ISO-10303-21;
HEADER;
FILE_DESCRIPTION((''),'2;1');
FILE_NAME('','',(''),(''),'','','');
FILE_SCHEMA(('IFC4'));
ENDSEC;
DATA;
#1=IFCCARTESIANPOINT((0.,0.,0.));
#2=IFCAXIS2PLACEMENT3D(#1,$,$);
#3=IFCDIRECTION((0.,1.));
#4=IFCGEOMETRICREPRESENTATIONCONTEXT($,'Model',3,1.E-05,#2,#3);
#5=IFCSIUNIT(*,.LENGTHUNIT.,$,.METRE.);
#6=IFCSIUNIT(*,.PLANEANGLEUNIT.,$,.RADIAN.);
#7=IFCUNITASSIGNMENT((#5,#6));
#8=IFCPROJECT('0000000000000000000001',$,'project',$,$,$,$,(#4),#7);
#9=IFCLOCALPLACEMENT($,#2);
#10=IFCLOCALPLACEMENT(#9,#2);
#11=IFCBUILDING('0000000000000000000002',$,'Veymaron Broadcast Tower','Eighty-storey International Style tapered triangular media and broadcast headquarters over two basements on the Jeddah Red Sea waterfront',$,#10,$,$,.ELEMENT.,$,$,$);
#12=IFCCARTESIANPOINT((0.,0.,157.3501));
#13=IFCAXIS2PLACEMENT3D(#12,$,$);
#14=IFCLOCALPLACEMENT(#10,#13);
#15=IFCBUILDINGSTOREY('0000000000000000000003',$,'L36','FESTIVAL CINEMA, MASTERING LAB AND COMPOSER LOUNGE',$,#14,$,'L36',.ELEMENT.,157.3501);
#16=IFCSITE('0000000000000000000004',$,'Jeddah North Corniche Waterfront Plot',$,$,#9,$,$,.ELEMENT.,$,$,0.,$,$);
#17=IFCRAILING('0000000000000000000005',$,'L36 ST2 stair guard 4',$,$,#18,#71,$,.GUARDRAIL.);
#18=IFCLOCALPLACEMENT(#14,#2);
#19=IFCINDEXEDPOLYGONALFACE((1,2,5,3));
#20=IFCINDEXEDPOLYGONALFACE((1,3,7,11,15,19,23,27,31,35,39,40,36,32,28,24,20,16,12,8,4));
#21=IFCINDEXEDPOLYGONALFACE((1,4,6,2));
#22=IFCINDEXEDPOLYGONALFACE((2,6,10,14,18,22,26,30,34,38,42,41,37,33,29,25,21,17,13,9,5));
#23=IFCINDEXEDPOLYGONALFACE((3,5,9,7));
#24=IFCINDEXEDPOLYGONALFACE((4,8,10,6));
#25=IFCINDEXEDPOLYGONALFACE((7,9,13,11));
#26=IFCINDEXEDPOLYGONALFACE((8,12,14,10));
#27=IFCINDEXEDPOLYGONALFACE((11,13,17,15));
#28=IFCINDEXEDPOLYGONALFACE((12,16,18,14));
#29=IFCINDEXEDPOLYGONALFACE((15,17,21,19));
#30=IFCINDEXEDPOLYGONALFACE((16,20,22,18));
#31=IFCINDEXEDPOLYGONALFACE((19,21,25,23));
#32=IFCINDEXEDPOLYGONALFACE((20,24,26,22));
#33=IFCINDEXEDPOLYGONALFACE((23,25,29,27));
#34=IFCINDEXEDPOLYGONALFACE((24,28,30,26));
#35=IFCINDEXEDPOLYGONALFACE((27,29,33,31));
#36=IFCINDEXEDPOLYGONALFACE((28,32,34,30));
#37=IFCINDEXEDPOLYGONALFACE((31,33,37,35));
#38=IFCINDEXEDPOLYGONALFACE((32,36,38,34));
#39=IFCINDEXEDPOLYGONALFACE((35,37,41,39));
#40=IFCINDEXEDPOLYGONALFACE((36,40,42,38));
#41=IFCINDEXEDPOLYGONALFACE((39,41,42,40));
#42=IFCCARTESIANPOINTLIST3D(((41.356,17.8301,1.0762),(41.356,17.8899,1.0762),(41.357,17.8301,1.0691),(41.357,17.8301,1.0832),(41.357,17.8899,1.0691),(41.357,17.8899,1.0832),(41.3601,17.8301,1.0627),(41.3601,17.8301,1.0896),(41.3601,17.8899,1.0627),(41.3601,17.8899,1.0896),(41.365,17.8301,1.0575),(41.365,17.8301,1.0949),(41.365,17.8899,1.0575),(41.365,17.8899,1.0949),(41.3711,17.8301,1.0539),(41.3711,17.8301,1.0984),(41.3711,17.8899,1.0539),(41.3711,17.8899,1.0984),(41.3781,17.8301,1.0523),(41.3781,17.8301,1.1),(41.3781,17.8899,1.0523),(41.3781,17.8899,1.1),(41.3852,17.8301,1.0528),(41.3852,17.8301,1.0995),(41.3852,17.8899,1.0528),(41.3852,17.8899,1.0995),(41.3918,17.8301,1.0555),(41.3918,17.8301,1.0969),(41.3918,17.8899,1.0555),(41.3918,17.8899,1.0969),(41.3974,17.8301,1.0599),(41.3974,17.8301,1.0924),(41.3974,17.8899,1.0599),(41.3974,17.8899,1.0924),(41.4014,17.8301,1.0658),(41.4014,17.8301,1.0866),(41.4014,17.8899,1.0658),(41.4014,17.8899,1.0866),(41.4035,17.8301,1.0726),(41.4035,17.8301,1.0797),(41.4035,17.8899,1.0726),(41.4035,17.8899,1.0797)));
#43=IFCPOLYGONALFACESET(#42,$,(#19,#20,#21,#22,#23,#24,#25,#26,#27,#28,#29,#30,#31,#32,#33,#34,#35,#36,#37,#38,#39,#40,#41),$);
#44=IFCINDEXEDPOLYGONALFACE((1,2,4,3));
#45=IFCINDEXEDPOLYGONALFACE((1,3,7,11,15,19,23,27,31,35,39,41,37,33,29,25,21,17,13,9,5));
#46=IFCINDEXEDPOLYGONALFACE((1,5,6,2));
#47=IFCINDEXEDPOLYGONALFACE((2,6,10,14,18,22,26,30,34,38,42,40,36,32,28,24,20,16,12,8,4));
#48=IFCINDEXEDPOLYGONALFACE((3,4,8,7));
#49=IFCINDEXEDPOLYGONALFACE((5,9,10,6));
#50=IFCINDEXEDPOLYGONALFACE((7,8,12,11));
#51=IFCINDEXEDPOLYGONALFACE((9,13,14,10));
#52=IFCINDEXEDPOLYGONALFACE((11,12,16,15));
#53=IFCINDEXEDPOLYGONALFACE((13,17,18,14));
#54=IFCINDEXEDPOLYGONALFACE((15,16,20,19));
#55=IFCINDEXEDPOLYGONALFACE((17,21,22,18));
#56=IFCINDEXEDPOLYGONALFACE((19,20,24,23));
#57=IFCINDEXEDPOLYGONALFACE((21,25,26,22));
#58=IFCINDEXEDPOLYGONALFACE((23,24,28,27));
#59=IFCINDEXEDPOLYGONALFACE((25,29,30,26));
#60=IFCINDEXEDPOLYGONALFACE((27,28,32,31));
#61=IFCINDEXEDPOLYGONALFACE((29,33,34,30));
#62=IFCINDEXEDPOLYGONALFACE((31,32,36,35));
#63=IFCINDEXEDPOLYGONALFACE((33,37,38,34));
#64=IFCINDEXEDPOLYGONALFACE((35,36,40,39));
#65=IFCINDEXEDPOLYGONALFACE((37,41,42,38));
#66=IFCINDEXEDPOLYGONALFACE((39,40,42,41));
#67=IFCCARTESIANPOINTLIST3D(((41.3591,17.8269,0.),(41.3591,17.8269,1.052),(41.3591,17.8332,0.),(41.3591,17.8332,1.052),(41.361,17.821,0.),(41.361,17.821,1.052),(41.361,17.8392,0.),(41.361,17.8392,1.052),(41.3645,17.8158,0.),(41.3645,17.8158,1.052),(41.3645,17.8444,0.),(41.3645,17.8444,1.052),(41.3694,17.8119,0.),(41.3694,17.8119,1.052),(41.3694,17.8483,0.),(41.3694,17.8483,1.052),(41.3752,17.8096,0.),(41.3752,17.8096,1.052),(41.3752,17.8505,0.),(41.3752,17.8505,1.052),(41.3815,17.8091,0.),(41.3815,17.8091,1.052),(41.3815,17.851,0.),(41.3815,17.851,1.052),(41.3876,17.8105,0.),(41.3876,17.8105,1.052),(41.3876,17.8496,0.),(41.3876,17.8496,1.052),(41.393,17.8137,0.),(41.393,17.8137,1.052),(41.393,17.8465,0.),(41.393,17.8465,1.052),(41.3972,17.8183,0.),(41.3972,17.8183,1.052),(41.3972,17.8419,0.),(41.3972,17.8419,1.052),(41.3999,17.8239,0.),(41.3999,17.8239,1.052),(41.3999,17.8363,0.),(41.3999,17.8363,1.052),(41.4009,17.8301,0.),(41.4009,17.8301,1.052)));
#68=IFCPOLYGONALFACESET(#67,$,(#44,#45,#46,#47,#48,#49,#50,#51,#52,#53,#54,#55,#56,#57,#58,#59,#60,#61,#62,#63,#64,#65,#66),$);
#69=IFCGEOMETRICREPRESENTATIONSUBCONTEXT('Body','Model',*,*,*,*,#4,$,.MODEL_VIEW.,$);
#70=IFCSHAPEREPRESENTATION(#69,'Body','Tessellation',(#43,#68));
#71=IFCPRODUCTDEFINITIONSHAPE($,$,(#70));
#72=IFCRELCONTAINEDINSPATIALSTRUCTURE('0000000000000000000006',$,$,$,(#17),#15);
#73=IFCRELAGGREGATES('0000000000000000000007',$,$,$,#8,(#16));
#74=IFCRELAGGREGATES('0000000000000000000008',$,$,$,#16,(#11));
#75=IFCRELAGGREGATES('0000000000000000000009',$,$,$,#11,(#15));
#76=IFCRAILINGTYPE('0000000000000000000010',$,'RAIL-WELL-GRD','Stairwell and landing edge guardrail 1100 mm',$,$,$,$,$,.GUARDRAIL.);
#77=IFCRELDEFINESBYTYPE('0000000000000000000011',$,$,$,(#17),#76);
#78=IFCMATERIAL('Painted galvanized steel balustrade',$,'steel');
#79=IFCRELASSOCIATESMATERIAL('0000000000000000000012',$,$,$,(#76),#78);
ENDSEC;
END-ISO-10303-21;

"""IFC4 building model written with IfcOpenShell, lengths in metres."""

from ifc_helpers import new_model, si_unit, direction, frame, origin, origin_2d, place, context, subcontext, project, spatial, circle, extrude, material, type_object, element, save


model = new_model("IFC4")

# Units and contexts
model_context = context("Model", 3, precision=1e-05, world=origin(), true_north=direction((0.0, 1.0)))
body_context = subcontext(model_context, "Body", "Model", "MODEL_VIEW")
ifc_project = project(units=[si_unit("LENGTHUNIT", "METRE"), si_unit("PLANEANGLEUNIT", "RADIAN")], contexts=[model_context])

# Site, building, storey
site_placement = place(None, origin())
site = spatial("IfcSite", under=ifc_project, at=site_placement, Name="Jeddah North Corniche Waterfront Plot", CompositionType="ELEMENT", RefElevation=0.0)
building_placement = place(site_placement, origin())
building = spatial("IfcBuilding", under=site, at=building_placement, Name="Veymaron Broadcast Tower", Description="Eighty-storey International Style tapered triangular media and broadcast headquarters over two basements on the Jeddah Red Sea waterfront", CompositionType="ELEMENT")
storey_placement = place(building_placement, frame((0.0, 0.0, 157.3501)))
storey = spatial("IfcBuildingStorey", under=building, at=storey_placement, Name="L36", Description="FESTIVAL CINEMA, MASTERING LAB AND COMPOSER LOUNGE", LongName="L36", CompositionType="ELEMENT", Elevation=157.3501)

# Railing
ifc_material_1 = material(Name="Painted galvanized steel balustrade", Category="steel")
railing_type_1 = type_object("IfcRailingType", Name="RAIL-WELL-GRD", Description="Stairwell and landing edge guardrail 1100 mm", PredefinedType="GUARDRAIL", material=ifc_material_1)
railing_1_placement = place(storey_placement, frame((41.3799, 17.8301, 0.0)))
element("IfcRailing", 1, at=railing_1_placement, inside=storey, type_object=railing_type_1, Name="L36 ST2 stair guard 4", PredefinedType="GUARDRAIL", context=body_context, shape_type="SweptSolid", body=[
    extrude(circle(Radius=0.0239, at=origin_2d()), frame((0.0, 0.0, 1.0762), z_axis=(0.0, 1.0, 0.0), x_axis=(-1.0, 0.0, 0.0)), (0.0, 0.0, 1.0), 0.0598),
    extrude(circle(Radius=0.021, at=origin_2d()), origin(), (0.0, 0.0, 1.0), 1.052),
])

save(model, "model.ifc")
